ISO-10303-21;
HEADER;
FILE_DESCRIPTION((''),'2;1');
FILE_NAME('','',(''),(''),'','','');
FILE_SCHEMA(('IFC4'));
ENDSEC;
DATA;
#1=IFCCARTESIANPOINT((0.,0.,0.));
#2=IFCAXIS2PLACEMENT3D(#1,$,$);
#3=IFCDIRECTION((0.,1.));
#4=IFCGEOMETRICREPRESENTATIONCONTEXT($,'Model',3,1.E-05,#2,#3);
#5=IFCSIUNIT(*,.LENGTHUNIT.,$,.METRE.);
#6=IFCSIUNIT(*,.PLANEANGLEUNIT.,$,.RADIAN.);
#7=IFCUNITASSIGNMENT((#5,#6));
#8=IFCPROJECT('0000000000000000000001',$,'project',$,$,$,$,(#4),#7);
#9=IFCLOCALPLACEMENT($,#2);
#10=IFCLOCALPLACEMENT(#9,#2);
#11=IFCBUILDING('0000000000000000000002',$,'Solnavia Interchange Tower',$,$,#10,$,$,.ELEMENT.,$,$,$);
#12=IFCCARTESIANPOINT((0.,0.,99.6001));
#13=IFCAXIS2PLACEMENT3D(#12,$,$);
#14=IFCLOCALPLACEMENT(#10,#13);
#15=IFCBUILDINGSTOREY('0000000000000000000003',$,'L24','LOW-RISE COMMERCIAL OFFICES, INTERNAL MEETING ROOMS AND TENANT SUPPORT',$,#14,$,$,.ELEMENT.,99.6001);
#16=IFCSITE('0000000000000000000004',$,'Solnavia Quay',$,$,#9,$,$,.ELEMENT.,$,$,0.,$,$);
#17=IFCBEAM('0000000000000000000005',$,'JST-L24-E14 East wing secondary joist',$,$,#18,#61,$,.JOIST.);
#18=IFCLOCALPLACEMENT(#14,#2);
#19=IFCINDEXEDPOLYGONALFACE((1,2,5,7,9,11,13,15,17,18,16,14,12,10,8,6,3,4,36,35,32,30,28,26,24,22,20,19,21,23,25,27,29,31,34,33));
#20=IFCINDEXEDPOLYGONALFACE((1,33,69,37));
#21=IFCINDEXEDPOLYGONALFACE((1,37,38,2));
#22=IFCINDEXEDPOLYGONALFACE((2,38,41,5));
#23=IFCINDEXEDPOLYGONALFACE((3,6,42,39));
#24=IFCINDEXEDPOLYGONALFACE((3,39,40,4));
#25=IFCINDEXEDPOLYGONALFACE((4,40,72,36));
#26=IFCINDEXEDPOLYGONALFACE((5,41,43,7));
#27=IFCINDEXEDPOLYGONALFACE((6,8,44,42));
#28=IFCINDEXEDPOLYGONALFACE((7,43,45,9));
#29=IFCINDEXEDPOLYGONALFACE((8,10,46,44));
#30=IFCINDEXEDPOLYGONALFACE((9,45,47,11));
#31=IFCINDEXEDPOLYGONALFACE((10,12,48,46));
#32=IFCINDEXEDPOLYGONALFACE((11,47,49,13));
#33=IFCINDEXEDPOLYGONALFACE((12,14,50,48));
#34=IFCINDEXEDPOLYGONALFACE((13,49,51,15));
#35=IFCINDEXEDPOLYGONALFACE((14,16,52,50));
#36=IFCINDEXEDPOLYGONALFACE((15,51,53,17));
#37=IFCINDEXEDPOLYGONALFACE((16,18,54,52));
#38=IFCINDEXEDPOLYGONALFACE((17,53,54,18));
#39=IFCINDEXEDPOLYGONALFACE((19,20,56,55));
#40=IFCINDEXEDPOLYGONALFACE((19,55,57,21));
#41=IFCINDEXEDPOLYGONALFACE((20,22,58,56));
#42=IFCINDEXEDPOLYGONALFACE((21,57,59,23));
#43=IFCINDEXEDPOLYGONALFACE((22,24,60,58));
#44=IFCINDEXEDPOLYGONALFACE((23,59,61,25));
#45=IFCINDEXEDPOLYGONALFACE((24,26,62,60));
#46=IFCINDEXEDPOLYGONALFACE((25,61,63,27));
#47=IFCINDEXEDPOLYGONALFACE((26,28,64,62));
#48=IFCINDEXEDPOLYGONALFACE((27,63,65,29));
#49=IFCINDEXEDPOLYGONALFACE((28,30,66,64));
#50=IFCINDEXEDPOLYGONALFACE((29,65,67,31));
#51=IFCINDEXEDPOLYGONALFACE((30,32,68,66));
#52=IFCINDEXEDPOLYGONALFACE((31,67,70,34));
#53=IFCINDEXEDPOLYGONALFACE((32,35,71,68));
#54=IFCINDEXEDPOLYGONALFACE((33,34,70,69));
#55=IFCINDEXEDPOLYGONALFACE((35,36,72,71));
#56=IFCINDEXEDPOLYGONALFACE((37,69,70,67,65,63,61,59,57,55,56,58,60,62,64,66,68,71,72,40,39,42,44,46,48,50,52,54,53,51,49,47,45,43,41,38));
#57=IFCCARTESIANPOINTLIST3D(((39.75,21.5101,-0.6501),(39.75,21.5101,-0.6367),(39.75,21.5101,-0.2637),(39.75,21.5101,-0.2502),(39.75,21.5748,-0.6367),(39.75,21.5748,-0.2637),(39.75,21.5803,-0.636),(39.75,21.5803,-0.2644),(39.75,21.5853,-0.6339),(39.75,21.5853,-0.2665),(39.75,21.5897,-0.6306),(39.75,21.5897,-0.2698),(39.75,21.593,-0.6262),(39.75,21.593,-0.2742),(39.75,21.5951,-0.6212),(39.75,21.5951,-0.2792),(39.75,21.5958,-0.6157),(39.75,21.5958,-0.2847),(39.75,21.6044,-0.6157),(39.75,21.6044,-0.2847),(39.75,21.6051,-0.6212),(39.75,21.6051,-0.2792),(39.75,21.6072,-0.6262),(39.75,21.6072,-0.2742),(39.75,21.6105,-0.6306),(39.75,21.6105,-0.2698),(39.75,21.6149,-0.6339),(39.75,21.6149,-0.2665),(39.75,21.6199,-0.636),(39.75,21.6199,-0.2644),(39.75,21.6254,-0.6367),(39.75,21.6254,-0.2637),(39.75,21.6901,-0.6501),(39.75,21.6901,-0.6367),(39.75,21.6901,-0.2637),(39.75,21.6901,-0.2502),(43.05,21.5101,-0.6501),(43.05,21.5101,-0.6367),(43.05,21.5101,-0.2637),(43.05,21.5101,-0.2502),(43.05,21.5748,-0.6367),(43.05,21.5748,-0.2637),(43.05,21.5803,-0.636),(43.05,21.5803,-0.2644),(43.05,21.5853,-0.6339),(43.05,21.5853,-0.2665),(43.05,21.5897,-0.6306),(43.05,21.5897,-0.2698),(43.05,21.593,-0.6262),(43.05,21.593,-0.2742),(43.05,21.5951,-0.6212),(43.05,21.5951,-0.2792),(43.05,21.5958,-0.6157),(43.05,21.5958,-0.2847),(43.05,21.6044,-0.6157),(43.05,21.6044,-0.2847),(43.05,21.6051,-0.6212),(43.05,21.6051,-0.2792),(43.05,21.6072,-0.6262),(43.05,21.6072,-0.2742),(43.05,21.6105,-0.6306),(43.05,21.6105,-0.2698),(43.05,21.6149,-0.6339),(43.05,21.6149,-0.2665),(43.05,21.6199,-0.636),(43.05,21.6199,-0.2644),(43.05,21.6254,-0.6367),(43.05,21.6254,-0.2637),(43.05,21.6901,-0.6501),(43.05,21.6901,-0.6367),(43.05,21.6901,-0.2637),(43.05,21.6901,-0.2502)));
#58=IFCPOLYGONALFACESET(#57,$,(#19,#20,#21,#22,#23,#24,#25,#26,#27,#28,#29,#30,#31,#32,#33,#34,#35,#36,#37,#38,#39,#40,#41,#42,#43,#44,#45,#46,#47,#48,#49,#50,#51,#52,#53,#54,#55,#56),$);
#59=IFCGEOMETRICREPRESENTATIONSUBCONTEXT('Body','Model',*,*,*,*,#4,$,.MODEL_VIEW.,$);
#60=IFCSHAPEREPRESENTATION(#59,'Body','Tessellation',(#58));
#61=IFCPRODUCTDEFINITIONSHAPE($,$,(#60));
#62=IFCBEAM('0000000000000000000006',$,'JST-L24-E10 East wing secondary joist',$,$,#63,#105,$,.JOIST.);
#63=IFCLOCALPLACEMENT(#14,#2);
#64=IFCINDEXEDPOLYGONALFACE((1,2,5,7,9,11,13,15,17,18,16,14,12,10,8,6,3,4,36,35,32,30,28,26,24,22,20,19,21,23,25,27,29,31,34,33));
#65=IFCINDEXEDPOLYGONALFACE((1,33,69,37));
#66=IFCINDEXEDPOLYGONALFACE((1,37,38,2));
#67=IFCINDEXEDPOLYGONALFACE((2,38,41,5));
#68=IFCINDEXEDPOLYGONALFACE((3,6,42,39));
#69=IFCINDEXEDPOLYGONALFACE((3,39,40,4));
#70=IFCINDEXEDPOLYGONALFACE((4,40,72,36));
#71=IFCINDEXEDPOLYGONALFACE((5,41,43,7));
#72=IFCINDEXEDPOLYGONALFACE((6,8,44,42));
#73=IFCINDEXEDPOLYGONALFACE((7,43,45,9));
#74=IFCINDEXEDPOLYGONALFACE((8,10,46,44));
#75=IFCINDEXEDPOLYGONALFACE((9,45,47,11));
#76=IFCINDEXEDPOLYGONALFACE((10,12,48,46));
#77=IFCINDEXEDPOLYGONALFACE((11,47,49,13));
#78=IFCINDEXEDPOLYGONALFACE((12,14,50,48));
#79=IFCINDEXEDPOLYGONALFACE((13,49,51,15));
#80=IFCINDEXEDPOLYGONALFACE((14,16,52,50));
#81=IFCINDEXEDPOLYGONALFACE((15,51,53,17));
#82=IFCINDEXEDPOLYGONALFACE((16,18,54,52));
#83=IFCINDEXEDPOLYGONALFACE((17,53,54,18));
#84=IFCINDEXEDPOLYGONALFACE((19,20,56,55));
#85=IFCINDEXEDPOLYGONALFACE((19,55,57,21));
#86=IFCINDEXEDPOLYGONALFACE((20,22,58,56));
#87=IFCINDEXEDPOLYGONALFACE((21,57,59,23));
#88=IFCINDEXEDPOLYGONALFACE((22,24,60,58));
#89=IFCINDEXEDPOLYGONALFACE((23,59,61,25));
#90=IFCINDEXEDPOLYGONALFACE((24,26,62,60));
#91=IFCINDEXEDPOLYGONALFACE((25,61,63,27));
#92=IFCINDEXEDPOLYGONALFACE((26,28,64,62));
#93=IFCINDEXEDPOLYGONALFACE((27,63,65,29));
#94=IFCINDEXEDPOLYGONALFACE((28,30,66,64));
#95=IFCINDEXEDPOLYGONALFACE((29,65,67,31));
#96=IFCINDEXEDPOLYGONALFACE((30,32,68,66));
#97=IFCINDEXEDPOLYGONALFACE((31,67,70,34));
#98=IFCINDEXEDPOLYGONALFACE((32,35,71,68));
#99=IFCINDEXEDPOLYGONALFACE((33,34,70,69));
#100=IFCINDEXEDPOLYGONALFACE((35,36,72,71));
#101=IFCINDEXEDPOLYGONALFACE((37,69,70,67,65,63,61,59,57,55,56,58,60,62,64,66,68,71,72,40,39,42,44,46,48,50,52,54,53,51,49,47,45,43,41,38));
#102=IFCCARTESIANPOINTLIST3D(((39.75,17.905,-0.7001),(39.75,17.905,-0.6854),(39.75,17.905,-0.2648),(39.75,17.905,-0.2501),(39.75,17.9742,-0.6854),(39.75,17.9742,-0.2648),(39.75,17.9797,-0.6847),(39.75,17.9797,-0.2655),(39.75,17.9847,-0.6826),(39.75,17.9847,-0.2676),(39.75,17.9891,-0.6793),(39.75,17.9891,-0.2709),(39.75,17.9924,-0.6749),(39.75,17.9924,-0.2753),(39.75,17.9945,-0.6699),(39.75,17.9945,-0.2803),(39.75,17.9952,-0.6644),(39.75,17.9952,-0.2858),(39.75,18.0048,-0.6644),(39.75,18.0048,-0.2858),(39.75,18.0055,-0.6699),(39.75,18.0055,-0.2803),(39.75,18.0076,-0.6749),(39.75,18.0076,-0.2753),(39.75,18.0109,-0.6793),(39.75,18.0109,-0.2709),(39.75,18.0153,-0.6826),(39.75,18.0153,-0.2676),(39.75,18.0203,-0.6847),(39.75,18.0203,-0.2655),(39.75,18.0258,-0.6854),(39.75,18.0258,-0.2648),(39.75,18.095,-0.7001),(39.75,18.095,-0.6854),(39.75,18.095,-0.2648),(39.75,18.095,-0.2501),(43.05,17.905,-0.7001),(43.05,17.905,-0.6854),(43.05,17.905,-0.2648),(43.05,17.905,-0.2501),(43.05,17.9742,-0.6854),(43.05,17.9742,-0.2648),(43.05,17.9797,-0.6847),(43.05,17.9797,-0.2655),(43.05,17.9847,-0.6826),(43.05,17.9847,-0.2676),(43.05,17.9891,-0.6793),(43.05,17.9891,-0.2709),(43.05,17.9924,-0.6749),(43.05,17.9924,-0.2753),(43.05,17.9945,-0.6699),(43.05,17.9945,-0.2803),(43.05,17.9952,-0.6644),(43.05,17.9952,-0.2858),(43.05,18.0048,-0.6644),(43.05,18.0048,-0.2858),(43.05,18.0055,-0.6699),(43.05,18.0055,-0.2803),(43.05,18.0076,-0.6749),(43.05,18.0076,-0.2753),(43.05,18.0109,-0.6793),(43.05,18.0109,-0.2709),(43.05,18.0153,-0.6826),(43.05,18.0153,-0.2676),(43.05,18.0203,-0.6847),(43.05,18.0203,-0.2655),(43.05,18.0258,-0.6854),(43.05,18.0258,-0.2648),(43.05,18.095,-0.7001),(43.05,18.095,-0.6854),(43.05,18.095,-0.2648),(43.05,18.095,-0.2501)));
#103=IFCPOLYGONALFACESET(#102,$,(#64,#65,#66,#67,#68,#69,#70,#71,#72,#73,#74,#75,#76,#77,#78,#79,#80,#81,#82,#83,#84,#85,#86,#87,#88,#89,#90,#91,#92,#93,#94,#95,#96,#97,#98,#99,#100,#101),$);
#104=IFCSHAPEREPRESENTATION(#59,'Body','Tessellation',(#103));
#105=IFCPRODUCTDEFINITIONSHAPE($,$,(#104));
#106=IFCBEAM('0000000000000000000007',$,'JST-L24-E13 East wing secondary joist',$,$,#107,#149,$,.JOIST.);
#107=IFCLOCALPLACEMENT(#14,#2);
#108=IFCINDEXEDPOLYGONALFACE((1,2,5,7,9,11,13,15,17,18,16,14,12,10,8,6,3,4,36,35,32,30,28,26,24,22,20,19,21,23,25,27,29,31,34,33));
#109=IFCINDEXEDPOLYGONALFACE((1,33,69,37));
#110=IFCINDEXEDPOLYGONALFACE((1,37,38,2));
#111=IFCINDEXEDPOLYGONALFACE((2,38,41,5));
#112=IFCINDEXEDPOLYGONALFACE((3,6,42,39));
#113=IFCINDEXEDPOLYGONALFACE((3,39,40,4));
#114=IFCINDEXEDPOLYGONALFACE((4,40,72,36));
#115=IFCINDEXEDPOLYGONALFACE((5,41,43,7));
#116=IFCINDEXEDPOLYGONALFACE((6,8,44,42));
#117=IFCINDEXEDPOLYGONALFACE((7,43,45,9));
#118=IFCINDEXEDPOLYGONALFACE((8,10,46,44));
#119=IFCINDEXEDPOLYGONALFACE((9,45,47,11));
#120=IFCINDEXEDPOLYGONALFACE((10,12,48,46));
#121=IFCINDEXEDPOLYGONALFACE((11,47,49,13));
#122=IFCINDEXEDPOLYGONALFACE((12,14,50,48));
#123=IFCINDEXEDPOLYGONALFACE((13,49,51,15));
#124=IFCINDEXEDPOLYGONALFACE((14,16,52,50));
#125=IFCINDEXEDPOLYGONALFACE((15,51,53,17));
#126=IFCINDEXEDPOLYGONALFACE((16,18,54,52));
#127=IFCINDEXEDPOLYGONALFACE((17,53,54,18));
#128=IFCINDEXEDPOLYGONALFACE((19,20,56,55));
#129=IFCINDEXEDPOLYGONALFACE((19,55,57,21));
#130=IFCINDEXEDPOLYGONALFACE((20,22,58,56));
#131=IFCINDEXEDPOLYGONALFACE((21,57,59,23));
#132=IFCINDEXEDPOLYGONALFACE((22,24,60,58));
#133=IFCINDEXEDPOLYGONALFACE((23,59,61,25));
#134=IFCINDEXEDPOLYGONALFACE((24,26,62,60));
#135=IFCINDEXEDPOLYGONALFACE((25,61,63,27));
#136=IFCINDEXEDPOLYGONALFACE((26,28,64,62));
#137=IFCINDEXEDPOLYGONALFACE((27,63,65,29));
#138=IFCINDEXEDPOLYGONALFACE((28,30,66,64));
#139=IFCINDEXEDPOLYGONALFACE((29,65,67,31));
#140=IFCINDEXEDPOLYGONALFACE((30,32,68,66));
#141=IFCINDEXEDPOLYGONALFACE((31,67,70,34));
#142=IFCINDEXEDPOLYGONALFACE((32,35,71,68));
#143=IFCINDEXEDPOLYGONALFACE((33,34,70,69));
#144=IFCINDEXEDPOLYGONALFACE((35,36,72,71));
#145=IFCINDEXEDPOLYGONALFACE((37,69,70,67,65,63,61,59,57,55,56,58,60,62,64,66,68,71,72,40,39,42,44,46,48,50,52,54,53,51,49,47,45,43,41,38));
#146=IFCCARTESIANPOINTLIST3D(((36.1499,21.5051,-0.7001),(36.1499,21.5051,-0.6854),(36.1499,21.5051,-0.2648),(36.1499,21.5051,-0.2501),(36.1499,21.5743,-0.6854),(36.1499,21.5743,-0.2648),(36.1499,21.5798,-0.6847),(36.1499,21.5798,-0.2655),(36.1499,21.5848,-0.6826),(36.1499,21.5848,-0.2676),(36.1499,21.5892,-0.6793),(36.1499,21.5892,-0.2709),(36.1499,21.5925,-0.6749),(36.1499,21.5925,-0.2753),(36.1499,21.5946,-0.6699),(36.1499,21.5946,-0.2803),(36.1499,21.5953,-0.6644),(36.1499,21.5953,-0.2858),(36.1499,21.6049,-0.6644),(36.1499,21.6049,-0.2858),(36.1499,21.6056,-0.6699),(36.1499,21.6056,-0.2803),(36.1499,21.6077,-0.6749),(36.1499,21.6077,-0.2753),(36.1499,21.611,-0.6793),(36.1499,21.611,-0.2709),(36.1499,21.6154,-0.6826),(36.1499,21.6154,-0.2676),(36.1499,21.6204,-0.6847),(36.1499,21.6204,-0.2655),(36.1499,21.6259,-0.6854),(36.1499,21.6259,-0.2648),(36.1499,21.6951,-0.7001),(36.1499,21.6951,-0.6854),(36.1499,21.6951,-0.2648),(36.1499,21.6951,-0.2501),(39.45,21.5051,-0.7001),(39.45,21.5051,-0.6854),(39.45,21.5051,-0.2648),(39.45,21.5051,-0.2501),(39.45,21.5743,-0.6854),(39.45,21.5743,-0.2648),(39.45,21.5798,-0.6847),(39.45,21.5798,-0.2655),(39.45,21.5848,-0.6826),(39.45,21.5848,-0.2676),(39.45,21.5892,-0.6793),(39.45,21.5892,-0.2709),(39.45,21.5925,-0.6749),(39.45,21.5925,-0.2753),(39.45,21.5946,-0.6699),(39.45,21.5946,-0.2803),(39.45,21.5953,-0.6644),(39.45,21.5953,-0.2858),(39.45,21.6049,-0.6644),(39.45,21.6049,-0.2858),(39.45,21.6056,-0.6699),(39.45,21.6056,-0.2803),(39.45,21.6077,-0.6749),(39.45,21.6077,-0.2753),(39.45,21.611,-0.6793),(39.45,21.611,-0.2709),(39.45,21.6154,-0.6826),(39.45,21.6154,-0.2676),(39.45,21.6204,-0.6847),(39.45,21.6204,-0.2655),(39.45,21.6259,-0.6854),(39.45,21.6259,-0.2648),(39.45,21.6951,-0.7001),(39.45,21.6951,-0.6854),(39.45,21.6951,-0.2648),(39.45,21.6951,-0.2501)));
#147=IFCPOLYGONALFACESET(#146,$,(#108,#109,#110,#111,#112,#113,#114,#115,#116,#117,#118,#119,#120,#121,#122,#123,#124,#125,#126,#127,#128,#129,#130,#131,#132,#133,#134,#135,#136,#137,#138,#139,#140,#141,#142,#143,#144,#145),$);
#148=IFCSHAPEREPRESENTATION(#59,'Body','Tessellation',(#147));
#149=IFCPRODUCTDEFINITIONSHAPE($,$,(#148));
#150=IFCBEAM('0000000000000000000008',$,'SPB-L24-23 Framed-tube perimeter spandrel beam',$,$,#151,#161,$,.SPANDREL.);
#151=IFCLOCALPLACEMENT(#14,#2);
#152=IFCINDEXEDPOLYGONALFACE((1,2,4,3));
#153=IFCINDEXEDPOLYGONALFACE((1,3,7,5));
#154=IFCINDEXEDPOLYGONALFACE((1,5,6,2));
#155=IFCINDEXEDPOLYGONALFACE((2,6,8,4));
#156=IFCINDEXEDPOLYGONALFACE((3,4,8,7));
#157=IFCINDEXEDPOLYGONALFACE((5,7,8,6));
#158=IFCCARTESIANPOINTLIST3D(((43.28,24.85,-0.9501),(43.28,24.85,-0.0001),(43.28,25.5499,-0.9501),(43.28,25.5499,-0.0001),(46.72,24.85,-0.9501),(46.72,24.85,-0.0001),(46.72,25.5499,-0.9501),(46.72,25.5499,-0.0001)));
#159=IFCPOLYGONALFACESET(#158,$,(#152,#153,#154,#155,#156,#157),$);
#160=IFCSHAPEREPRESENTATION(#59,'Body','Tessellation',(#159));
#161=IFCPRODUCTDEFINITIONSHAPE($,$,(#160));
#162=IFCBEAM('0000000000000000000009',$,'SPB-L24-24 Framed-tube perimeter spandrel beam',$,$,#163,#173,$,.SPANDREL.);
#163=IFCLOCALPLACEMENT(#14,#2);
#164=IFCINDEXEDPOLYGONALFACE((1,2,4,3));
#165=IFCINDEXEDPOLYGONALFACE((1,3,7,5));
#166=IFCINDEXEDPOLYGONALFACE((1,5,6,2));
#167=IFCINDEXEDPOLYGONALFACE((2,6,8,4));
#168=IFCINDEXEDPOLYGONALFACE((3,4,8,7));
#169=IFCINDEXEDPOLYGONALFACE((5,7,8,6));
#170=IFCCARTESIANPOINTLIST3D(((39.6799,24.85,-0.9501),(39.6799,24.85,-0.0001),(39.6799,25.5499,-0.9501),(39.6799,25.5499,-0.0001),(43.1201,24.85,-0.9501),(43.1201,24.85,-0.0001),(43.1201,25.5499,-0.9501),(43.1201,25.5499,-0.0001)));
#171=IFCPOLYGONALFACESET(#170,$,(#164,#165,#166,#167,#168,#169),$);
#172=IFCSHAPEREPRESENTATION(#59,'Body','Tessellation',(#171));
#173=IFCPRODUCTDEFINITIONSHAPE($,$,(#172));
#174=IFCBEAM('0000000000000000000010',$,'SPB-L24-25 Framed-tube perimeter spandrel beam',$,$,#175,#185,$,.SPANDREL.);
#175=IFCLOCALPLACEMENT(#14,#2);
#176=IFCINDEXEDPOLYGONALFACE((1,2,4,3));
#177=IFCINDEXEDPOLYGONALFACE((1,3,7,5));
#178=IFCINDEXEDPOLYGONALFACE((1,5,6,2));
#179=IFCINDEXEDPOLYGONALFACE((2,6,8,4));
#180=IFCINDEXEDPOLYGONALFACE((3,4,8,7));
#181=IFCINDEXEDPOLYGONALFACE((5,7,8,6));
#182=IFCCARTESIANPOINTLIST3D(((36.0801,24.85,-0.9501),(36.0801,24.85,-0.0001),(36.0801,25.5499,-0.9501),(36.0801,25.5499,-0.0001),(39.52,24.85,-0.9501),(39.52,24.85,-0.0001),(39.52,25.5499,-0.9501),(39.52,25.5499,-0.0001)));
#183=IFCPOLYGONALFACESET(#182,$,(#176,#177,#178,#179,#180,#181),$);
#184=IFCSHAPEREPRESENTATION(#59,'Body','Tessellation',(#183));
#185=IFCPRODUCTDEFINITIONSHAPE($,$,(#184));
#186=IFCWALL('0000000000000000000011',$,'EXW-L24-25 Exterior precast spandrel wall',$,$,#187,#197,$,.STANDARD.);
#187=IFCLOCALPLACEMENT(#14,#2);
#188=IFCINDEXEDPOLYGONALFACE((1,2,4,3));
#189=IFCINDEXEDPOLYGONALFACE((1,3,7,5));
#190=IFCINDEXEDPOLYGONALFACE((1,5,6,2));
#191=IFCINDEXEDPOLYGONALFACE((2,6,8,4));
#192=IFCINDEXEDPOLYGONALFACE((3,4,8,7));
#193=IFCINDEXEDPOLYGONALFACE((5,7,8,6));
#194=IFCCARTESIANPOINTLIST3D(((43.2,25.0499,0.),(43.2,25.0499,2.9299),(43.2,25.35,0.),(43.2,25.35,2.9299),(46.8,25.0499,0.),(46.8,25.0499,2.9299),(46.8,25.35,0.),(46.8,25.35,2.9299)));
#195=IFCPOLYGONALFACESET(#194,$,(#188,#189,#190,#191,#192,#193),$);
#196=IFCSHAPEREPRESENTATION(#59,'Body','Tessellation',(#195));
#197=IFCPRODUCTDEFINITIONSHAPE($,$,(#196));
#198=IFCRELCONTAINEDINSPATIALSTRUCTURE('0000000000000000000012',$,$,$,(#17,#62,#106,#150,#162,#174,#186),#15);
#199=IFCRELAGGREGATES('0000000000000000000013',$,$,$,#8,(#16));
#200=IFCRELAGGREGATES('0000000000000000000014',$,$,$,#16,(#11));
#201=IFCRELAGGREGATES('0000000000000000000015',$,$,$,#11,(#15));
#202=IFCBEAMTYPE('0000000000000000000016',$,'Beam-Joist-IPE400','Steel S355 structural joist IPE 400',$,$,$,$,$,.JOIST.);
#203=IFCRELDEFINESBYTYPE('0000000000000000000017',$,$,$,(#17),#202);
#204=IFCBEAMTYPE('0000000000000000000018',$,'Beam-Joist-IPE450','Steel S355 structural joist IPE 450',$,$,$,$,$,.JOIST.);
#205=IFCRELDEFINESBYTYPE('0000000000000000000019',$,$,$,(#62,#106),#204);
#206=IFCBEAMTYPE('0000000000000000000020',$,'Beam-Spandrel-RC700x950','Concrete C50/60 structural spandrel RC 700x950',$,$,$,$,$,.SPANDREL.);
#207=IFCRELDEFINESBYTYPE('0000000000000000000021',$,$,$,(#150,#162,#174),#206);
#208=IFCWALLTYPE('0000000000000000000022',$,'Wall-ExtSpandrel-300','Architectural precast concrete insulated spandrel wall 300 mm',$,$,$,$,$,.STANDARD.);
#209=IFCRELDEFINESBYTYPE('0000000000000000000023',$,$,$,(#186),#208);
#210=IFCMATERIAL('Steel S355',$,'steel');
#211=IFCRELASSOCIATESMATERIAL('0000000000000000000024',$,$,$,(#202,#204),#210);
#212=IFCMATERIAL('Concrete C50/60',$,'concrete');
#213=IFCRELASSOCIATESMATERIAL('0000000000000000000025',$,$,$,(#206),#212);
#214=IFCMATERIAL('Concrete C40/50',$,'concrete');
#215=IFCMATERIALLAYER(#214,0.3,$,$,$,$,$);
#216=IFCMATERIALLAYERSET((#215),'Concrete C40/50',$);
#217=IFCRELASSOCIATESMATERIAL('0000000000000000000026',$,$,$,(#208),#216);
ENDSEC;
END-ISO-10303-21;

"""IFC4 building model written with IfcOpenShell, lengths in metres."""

from ifc_helpers import new_model, si_unit, direction, frame, frame_2d, origin, origin_2d, place, context, subcontext, project, spatial, rectangle, i_section, extrude, material, layer, layer_set, material_profile, profile_set, type_object, element, save


model = new_model("IFC4")

# Units and contexts
model_context = context("Model", 3, precision=1e-05, world=origin(), true_north=direction((0.0, 1.0)))
body_context = subcontext(model_context, "Body", "Model", "MODEL_VIEW")
ifc_project = project(units=[si_unit("LENGTHUNIT", "METRE"), si_unit("PLANEANGLEUNIT", "RADIAN")], contexts=[model_context])

# Site, building, storey
site_placement = place(None, origin())
site = spatial("IfcSite", under=ifc_project, at=site_placement, Name="Solnavia Quay", CompositionType="ELEMENT", RefElevation=0.0)
building_placement = place(site_placement, origin())
building = spatial("IfcBuilding", under=site, at=building_placement, Name="Solnavia Interchange Tower", CompositionType="ELEMENT")
storey_placement = place(building_placement, frame((0.0, 0.0, 99.6001)))
storey = spatial("IfcBuildingStorey", under=building, at=storey_placement, Name="L24", Description="LOW-RISE COMMERCIAL OFFICES, INTERNAL MEETING ROOMS AND TENANT SUPPORT", CompositionType="ELEMENT", Elevation=99.6001)

# Shared definitions
ifc_material_1 = material(Name="Concrete C50/60", Category="concrete")

# Beams
ifc_material_2 = material(Name="Steel S355", Category="steel")
ifc_material_profile_1 = material_profile(ifc_material_2, i_section(OverallWidth=0.1799, OverallDepth=0.3999, WebThickness=0.0085, FlangeThickness=0.0134, FilletRadius=0.021, at=origin_2d()), Name="IPE 400")
ifc_profile_set_1 = profile_set([ifc_material_profile_1], Name="Steel S355")
beam_type_1 = type_object("IfcBeamType", Name="Beam-Joist-IPE400", Description="Steel S355 structural joist IPE 400", PredefinedType="JOIST", material=ifc_profile_set_1)
beam_1_placement = place(storey_placement, frame((39.75, 21.6001, -0.4502), z_axis=(1.0, 0.0, 0.0), x_axis=(0.0, 1.0, 0.0)))
element("IfcBeam", 1, at=beam_1_placement, inside=storey, type_object=beam_type_1, Name="JST-L24-E14 East wing secondary joist", PredefinedType="JOIST", context=body_context, shape_type="SweptSolid", body=[
    extrude(i_section(OverallWidth=0.1799, OverallDepth=0.3999, WebThickness=0.0085, FlangeThickness=0.0134, FilletRadius=0.021, at=origin_2d()), origin(), (0.0, 0.0, 1.0), 3.3),
])
ifc_material_profile_2 = material_profile(ifc_material_2, i_section(OverallWidth=0.1899, OverallDepth=0.45, WebThickness=0.0095, FlangeThickness=0.0146, FilletRadius=0.021, at=origin_2d()), Name="IPE 450")
ifc_profile_set_2 = profile_set([ifc_material_profile_2], Name="Steel S355")
beam_type_2 = type_object("IfcBeamType", Name="Beam-Joist-IPE450", Description="Steel S355 structural joist IPE 450", PredefinedType="JOIST", material=ifc_profile_set_2)
for number, where, z_axis, x_axis, name in (
    (2, (39.75, 18.0, -0.4751), (1.0, 0.0, 0.0), (0.0, 1.0, 0.0), "JST-L24-E10 East wing secondary joist"),
    (3, (36.1499, 21.6001, -0.4751), (1.0, 0.0, 0.0), (0.0, 1.0, 0.0), "JST-L24-E13 East wing secondary joist"),
):
    element("IfcBeam", number, at=place(storey_placement, frame(where, z_axis=z_axis, x_axis=x_axis)), inside=storey, type_object=beam_type_2, Name=name, PredefinedType="JOIST", context=body_context, shape_type="SweptSolid", body=[
        extrude(i_section(OverallWidth=0.1899, OverallDepth=0.45, WebThickness=0.0095, FlangeThickness=0.0146, FilletRadius=0.021, at=origin_2d()), origin(), (0.0, 0.0, 1.0), 3.3),
    ])
ifc_material_profile_3 = material_profile(ifc_material_1, rectangle(XDim=0.7, YDim=0.95, at=origin_2d()), Name="RC 700x950")
ifc_profile_set_3 = profile_set([ifc_material_profile_3], Name="Concrete C50/60")
beam_type_3 = type_object("IfcBeamType", Name="Beam-Spandrel-RC700x950", Description="Concrete C50/60 structural spandrel RC 700x950", PredefinedType="SPANDREL", material=ifc_profile_set_3)
beam_2_placement = place(storey_placement, frame((46.72, 25.2, -0.4751), z_axis=(-1.0, 0.0, 0.0), x_axis=(0.0, -1.0, 0.0)))
element("IfcBeam", 4, at=beam_2_placement, inside=storey, type_object=beam_type_3, Name="SPB-L24-23 Framed-tube perimeter spandrel beam", PredefinedType="SPANDREL", context=body_context, shape_type="SweptSolid", body=[
    extrude(rectangle(XDim=0.7, YDim=0.95, at=origin_2d()), origin(), (0.0, 0.0, 1.0), 3.4399),
])
beam_3_placement = place(storey_placement, frame((43.1201, 25.2, -0.4751), z_axis=(-1.0, 0.0, 0.0), x_axis=(0.0, -1.0, 0.0)))
element("IfcBeam", 5, at=beam_3_placement, inside=storey, type_object=beam_type_3, Name="SPB-L24-24 Framed-tube perimeter spandrel beam", PredefinedType="SPANDREL", context=body_context, shape_type="SweptSolid", body=[
    extrude(rectangle(XDim=0.7, YDim=0.95, at=origin_2d()), origin(), (0.0, 0.0, 1.0), 3.4402),
])
beam_4_placement = place(storey_placement, frame((39.52, 25.2, -0.4751), z_axis=(-1.0, 0.0, 0.0), x_axis=(0.0, -1.0, 0.0)))
element("IfcBeam", 6, at=beam_4_placement, inside=storey, type_object=beam_type_3, Name="SPB-L24-25 Framed-tube perimeter spandrel beam", PredefinedType="SPANDREL", context=body_context, shape_type="SweptSolid", body=[
    extrude(rectangle(XDim=0.7, YDim=0.95, at=origin_2d()), origin(), (0.0, 0.0, 1.0), 3.4399),
])

# Wall
ifc_material_3 = material(Name="Concrete C40/50", Category="concrete")
ifc_layer_1 = layer(ifc_material_3, 0.3)
ifc_layer_set_1 = layer_set([ifc_layer_1], Name="Concrete C40/50")
wall_type_1 = type_object("IfcWallType", Name="Wall-ExtSpandrel-300", Description="Architectural precast concrete insulated spandrel wall 300 mm", PredefinedType="STANDARD", material=ifc_layer_set_1)
wall_1_placement = place(storey_placement, frame((43.2, 25.2, 0.0), z_axis=(0.0, 0.0, 1.0), x_axis=(1.0, 0.0, 0.0)))
element("IfcWall", 7, at=wall_1_placement, inside=storey, type_object=wall_type_1, Name="EXW-L24-25 Exterior precast spandrel wall", PredefinedType="STANDARD", context=body_context, shape_type="SweptSolid", body=[
    extrude(rectangle(XDim=3.6001, YDim=0.3, at=frame_2d((1.8, 0.0))), origin(), (0.0, 0.0, 1.0), 2.9299),
])

save(model, "model.ifc")
